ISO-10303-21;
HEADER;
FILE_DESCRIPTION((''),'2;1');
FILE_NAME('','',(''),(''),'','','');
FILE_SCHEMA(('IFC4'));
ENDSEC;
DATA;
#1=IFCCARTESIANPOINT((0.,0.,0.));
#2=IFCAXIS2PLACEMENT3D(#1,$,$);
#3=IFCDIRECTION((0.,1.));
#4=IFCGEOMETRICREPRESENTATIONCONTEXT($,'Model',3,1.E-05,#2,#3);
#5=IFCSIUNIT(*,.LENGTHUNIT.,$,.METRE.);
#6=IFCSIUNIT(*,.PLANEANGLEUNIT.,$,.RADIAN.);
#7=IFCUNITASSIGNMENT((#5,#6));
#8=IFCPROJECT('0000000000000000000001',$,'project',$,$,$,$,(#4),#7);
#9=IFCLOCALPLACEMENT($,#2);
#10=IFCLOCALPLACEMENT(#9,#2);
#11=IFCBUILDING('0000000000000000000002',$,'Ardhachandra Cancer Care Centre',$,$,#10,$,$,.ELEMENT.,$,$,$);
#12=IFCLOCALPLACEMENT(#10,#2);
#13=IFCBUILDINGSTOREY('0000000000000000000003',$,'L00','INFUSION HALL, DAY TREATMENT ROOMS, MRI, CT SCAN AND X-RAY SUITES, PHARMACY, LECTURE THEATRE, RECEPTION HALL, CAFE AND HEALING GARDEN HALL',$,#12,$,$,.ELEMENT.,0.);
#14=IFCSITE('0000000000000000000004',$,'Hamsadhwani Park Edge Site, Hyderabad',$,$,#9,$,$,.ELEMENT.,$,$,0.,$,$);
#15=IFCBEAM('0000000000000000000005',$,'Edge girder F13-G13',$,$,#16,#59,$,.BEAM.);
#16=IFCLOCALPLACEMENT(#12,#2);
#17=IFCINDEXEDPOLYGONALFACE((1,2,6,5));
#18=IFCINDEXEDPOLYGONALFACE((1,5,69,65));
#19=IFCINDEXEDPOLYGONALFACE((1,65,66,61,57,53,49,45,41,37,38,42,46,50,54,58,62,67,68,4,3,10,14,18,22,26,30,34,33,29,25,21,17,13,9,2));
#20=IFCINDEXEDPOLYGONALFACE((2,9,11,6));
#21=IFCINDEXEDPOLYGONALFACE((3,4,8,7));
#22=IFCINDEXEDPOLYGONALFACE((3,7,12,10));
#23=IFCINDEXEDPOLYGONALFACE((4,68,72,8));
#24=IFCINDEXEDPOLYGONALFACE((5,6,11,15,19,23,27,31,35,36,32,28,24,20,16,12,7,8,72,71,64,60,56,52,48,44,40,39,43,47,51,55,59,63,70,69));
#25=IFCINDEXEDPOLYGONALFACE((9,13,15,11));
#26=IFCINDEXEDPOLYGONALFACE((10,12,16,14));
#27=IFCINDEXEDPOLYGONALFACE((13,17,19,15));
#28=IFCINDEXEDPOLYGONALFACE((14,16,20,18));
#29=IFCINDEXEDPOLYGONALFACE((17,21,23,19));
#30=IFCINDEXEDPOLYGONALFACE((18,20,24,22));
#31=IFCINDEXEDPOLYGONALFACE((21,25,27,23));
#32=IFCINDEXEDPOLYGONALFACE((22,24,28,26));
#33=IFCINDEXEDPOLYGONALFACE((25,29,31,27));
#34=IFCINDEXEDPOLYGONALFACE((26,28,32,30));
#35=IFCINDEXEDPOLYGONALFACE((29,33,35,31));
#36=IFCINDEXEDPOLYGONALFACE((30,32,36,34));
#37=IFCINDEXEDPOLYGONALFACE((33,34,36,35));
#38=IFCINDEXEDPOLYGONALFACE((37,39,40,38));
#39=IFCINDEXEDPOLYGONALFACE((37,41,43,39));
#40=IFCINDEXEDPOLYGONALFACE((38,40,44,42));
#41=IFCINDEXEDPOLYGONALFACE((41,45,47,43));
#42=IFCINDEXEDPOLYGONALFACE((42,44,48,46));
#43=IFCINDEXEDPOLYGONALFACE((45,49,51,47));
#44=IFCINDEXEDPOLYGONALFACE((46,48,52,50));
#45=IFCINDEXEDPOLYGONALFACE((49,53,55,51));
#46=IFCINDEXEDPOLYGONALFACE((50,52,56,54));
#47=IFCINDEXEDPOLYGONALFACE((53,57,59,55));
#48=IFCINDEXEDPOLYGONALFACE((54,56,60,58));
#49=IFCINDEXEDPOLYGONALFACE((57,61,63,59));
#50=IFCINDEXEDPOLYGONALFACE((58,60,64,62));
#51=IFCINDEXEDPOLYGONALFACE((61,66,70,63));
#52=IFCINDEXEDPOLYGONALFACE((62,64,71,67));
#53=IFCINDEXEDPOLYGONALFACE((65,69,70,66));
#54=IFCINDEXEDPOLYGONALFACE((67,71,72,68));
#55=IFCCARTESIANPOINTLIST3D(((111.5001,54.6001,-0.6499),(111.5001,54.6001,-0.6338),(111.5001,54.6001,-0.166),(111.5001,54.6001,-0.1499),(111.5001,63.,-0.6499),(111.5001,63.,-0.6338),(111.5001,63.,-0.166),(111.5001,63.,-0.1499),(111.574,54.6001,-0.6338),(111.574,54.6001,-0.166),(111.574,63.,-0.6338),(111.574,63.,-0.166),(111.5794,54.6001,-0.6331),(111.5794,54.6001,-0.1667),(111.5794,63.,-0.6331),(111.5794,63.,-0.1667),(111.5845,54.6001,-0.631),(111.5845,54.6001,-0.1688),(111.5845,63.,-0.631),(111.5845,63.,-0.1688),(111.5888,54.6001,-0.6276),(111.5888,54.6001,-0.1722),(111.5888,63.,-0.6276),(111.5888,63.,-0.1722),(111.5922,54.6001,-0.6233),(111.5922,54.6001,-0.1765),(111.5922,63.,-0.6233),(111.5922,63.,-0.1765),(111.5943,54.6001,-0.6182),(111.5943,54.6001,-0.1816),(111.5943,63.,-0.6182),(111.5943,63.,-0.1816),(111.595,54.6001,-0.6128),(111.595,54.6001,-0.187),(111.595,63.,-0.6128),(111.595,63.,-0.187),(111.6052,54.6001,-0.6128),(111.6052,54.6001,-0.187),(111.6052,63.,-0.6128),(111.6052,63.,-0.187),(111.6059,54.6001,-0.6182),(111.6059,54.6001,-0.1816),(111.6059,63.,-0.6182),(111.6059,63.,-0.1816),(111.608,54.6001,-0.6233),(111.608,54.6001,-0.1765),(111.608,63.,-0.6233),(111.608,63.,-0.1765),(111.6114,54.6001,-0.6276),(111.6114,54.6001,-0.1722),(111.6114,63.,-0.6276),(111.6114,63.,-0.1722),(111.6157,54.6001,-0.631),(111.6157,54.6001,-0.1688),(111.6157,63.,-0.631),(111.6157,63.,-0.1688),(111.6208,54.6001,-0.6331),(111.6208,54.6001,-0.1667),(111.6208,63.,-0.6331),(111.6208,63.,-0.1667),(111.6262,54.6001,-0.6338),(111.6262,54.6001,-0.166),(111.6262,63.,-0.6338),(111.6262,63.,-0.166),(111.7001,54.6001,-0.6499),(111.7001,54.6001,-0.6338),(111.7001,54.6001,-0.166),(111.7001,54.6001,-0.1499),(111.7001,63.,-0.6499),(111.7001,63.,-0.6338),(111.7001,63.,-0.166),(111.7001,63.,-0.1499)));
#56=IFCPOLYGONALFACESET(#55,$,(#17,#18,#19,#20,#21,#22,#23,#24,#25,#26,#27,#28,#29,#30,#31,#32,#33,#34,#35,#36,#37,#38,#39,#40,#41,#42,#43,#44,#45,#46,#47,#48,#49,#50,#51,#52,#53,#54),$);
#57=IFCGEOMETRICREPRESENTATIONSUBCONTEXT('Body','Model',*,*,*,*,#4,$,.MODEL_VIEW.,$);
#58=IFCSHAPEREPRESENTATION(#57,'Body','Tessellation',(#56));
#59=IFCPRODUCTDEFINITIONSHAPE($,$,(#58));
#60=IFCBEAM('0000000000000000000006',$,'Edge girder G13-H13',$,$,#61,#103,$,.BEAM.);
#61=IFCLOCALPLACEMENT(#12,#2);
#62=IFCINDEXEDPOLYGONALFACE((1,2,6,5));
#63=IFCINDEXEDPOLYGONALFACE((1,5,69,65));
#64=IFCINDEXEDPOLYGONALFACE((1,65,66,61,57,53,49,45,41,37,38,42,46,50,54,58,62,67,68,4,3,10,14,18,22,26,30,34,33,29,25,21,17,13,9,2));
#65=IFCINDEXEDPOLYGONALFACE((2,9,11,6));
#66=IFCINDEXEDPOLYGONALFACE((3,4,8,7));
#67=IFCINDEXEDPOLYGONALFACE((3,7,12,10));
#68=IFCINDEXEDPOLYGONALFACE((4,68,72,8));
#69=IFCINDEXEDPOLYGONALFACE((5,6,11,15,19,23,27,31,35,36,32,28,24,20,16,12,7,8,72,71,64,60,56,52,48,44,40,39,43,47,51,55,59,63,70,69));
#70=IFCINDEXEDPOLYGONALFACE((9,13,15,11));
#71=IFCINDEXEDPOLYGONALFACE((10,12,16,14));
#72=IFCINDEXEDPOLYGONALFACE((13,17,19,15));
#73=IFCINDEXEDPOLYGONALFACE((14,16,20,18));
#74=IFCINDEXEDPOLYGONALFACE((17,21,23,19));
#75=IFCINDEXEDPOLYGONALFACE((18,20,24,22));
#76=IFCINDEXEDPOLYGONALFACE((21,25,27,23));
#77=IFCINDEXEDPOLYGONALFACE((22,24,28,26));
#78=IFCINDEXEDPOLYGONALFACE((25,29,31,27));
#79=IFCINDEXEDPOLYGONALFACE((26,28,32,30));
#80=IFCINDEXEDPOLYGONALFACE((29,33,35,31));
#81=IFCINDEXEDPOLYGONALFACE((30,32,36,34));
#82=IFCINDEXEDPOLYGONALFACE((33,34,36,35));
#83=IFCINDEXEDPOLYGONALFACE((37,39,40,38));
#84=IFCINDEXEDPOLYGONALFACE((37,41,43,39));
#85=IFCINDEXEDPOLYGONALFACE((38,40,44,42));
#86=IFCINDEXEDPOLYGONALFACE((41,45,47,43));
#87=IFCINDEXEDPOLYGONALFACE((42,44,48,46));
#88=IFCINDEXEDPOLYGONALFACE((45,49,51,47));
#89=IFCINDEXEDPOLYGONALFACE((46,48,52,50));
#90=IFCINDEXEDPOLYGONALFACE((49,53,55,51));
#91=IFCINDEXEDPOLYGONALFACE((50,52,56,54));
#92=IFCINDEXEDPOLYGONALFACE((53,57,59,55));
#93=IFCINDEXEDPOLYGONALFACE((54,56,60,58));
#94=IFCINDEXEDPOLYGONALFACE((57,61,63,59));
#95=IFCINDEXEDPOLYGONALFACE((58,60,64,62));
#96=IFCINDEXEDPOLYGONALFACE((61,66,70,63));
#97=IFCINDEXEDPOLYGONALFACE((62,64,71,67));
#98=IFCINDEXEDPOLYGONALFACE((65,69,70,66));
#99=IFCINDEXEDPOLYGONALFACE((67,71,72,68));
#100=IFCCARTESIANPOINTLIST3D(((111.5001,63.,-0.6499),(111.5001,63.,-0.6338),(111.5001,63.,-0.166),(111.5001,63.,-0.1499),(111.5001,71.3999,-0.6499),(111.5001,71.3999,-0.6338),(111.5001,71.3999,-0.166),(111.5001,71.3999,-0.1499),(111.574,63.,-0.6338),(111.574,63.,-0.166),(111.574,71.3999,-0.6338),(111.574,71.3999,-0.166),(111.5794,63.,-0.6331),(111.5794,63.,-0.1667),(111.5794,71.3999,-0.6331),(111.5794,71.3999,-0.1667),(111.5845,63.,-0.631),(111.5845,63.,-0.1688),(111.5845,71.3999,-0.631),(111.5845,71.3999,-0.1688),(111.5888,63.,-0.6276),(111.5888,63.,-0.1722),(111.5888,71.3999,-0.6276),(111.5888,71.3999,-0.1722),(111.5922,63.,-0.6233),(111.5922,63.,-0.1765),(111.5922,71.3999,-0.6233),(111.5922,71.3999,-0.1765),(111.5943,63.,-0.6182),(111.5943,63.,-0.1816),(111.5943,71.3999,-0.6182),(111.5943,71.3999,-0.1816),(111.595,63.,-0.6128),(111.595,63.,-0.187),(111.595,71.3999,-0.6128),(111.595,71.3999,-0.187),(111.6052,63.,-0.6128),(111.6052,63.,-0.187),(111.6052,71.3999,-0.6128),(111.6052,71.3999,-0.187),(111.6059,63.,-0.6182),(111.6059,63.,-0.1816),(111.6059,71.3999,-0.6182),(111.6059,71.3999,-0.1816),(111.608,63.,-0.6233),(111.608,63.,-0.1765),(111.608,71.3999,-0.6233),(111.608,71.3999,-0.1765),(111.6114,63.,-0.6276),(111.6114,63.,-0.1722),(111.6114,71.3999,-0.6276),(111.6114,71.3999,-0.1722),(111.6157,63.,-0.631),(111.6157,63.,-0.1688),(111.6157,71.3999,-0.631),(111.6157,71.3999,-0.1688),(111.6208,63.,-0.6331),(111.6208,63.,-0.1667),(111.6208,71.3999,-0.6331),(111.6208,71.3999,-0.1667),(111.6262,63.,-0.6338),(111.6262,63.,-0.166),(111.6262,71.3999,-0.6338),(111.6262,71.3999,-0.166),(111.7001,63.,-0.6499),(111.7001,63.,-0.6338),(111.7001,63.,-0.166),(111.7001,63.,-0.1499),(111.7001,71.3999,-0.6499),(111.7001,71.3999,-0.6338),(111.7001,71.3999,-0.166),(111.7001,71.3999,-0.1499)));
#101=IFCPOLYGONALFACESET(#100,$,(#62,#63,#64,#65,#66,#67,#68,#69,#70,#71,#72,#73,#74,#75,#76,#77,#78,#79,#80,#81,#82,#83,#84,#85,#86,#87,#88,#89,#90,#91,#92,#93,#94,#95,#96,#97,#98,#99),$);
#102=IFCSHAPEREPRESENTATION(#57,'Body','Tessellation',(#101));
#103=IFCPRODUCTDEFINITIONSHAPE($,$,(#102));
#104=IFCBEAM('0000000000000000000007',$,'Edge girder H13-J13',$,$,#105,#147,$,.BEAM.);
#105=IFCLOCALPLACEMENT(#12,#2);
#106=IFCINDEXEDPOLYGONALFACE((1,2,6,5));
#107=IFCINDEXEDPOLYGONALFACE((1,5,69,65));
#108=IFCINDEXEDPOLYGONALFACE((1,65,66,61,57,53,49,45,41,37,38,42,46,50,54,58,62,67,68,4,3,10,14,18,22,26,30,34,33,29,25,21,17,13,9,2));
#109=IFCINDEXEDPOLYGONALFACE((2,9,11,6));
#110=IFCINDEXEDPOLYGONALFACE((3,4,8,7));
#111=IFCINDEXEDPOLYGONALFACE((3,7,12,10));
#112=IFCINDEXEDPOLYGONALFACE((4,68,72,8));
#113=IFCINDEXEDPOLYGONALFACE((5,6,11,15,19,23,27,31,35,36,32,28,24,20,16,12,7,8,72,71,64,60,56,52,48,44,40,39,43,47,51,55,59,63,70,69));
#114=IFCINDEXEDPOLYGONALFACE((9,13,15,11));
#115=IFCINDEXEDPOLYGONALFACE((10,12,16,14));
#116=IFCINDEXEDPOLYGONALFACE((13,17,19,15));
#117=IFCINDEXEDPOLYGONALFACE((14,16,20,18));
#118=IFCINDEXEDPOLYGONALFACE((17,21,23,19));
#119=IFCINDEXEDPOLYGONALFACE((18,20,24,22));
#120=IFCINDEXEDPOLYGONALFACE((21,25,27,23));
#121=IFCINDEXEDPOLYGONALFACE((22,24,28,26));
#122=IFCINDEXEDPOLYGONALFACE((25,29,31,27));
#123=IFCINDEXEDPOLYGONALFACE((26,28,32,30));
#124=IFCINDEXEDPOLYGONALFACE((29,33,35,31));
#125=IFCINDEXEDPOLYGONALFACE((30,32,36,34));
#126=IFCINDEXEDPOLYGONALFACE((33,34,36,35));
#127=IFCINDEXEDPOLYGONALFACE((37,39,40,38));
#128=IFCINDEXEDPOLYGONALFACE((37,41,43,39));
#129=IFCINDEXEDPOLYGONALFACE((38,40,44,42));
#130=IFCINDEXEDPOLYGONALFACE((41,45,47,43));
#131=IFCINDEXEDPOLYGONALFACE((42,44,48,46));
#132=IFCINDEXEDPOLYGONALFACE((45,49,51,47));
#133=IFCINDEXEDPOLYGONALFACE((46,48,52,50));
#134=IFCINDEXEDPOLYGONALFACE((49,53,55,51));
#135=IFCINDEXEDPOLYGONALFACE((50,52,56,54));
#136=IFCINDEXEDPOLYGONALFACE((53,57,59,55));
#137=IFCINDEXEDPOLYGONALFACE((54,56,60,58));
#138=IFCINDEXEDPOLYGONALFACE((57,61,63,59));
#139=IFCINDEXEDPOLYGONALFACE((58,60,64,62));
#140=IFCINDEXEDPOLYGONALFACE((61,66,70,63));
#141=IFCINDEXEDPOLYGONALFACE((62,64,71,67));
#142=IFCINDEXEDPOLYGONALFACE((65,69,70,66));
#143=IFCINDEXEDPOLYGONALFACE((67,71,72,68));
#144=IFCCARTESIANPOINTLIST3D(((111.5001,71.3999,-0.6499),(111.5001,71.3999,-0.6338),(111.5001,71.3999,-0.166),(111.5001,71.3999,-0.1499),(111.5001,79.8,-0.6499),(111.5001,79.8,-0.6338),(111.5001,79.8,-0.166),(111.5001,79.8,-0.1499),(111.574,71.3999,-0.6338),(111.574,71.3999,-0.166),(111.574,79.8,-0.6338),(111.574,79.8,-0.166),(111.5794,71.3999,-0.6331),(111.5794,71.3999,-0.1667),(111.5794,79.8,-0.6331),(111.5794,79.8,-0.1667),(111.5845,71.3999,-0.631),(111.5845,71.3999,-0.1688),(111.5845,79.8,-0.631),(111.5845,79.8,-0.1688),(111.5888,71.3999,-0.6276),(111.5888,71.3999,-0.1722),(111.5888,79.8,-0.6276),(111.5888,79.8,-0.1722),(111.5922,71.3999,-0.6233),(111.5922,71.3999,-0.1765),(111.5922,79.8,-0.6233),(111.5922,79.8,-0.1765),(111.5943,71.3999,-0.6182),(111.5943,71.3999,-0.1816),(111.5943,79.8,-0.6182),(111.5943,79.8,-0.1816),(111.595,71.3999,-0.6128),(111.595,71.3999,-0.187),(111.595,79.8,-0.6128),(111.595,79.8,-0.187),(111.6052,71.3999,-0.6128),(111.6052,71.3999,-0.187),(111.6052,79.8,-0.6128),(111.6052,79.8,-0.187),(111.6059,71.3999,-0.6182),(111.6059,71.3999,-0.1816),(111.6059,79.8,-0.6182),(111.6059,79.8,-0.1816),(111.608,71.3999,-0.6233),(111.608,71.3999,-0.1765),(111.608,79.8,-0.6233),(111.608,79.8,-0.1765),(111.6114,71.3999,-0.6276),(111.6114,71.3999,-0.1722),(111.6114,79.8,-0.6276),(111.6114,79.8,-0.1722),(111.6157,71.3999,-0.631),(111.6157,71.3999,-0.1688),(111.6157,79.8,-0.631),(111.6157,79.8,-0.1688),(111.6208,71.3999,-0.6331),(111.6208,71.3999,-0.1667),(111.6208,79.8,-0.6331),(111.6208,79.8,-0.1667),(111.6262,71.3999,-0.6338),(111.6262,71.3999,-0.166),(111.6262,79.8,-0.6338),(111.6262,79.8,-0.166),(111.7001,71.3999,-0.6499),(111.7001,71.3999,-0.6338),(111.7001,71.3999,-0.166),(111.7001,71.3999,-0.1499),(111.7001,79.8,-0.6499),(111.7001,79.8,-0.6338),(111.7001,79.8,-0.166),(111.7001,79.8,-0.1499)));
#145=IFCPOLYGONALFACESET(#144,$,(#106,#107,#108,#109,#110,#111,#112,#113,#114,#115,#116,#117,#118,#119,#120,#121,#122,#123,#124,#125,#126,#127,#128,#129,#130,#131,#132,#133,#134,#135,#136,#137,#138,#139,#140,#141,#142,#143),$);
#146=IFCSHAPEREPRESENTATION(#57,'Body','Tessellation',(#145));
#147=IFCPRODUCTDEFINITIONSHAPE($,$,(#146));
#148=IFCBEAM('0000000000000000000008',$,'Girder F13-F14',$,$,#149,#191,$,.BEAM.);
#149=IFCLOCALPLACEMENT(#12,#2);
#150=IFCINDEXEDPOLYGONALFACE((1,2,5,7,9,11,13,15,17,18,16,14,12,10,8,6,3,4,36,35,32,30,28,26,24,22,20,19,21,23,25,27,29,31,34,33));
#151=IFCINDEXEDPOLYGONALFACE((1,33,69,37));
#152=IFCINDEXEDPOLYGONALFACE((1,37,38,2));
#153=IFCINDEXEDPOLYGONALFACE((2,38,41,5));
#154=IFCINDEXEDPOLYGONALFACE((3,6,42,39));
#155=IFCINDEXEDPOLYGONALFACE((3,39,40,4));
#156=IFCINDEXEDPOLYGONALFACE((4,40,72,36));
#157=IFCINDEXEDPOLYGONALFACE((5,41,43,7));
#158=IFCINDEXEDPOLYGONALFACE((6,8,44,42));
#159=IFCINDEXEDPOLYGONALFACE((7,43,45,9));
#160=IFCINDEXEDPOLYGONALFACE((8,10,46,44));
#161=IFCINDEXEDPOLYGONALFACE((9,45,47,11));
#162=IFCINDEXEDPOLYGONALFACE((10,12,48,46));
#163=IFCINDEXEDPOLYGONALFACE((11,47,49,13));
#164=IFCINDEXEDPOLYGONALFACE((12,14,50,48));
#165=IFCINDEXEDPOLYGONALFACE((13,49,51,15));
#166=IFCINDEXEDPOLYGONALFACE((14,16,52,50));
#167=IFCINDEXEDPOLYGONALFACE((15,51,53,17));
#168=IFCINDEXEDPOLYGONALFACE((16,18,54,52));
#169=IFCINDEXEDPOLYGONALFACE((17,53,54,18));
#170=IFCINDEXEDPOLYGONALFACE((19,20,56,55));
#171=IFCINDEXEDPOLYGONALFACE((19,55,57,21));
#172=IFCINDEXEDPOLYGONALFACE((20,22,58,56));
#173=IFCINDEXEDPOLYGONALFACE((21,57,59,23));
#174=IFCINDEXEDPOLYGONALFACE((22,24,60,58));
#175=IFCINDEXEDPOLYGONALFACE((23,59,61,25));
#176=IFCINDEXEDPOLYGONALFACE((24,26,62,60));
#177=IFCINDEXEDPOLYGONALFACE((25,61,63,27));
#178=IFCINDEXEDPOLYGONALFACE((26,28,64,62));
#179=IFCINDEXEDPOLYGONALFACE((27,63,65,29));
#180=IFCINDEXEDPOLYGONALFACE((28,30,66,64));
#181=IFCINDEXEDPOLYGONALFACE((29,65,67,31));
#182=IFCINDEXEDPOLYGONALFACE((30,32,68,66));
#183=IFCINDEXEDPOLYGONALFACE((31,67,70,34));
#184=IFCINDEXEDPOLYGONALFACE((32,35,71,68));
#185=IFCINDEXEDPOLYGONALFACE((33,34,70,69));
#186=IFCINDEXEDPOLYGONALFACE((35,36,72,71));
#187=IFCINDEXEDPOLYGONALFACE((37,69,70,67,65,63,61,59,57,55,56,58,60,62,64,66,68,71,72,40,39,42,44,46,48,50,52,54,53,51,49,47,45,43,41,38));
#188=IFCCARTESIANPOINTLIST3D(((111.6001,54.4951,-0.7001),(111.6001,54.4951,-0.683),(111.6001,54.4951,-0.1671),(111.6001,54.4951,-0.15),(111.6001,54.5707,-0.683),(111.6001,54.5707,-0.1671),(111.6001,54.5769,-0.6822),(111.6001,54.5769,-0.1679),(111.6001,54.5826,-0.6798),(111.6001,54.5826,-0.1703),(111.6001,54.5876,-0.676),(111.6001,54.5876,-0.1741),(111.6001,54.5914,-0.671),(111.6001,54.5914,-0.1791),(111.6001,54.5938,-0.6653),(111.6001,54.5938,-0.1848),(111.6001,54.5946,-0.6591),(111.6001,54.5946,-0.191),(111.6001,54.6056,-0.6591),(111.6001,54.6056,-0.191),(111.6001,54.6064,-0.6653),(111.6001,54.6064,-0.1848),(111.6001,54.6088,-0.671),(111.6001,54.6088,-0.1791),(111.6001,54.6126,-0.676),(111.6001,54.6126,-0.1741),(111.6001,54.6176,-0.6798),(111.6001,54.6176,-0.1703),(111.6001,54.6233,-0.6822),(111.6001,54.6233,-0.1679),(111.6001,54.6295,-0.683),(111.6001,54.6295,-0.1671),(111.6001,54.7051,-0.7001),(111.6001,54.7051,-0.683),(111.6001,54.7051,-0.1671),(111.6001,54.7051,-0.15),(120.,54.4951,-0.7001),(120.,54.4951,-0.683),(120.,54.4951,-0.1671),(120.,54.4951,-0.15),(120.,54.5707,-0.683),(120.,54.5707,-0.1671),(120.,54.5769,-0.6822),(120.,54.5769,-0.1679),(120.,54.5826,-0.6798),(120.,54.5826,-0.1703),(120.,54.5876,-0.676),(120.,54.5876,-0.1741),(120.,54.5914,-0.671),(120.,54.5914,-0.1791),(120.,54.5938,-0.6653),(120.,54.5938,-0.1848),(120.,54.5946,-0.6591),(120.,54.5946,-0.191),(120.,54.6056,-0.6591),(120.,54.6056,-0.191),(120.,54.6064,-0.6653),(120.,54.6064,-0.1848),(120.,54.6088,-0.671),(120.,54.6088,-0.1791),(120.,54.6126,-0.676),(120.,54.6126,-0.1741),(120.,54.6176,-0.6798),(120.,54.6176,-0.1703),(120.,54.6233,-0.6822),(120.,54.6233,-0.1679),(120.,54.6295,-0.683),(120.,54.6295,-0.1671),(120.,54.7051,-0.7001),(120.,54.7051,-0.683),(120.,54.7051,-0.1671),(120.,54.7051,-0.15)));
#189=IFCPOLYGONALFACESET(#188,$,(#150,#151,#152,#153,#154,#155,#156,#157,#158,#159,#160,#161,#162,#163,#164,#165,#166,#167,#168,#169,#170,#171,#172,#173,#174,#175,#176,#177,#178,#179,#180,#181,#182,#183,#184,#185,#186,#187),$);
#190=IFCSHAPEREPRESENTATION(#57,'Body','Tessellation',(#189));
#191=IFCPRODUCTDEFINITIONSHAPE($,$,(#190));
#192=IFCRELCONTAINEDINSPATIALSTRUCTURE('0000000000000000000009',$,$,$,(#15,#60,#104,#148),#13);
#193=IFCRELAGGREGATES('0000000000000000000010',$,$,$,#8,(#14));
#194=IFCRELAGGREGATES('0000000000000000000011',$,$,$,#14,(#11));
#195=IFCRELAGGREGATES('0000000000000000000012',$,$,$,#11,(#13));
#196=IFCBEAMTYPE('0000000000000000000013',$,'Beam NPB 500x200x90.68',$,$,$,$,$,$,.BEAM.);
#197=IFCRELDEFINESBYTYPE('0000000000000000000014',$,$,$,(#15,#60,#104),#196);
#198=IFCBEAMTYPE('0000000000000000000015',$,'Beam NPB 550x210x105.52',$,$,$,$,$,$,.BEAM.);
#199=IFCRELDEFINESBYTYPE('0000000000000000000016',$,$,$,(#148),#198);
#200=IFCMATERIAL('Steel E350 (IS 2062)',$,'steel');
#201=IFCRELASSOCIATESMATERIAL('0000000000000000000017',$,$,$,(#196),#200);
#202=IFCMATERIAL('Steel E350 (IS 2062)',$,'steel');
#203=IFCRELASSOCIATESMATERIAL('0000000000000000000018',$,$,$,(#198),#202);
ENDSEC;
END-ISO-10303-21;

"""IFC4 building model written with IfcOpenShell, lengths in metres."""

from ifc_helpers import new_model, si_unit, direction, frame, origin, origin_2d, place, context, subcontext, project, spatial, i_section, extrude, material, material_profile, profile_set, type_object, element, save


model = new_model("IFC4")

# Units and contexts
model_context = context("Model", 3, precision=1e-05, world=origin(), true_north=direction((0.0, 1.0)))
body_context = subcontext(model_context, "Body", "Model", "MODEL_VIEW")
ifc_project = project(units=[si_unit("LENGTHUNIT", "METRE"), si_unit("PLANEANGLEUNIT", "RADIAN")], contexts=[model_context])

# Site, building, storey
site_placement = place(None, origin())
site = spatial("IfcSite", under=ifc_project, at=site_placement, Name="Hamsadhwani Park Edge Site, Hyderabad", CompositionType="ELEMENT", RefElevation=0.0)
building_placement = place(site_placement, origin())
building = spatial("IfcBuilding", under=site, at=building_placement, Name="Ardhachandra Cancer Care Centre", CompositionType="ELEMENT")
storey_placement = place(building_placement, origin())
storey = spatial("IfcBuildingStorey", under=building, at=storey_placement, Name="L00", Description="INFUSION HALL, DAY TREATMENT ROOMS, MRI, CT SCAN AND X-RAY SUITES, PHARMACY, LECTURE THEATRE, RECEPTION HALL, CAFE AND HEALING GARDEN HALL", CompositionType="ELEMENT", Elevation=0.0)

# Beams
ifc_material_1 = material(Name="Steel E350 (IS 2062)", Category="steel")
ifc_material_profile_1 = material_profile(ifc_material_1, i_section(OverallWidth=0.2, OverallDepth=0.5, WebThickness=0.0103, FlangeThickness=0.0161, FilletRadius=0.021, at=origin_2d()), Name="NPB 500x200x90.68")
ifc_profile_set_1 = profile_set([ifc_material_profile_1], Name="Steel E350 (IS 2062)")
beam_type_1 = type_object("IfcBeamType", Name="Beam NPB 500x200x90.68", PredefinedType="BEAM", material=ifc_profile_set_1)
for number, where, z_axis, x_axis, name in (
    (1, (111.6001, 54.6001, -0.3999), (0.0, 1.0, 0.0), (-1.0, 0.0, 0.0), "Edge girder F13-G13"),
    (2, (111.6001, 63.0, -0.3999), (0.0, 1.0, 0.0), (-1.0, 0.0, 0.0), "Edge girder G13-H13"),
):
    element("IfcBeam", number, at=place(storey_placement, frame(where, z_axis=z_axis, x_axis=x_axis)), inside=storey, type_object=beam_type_1, Name=name, PredefinedType="BEAM", context=body_context, shape_type="SweptSolid", body=[
        extrude(i_section(OverallWidth=0.2, OverallDepth=0.5, WebThickness=0.0103, FlangeThickness=0.0161, FilletRadius=0.021, at=origin_2d()), origin(), (0.0, 0.0, 1.0), 8.3999),
    ])
beam_1_placement = place(storey_placement, frame((111.6001, 71.3999, -0.3999), z_axis=(0.0, 1.0, 0.0), x_axis=(-1.0, 0.0, 0.0)))
element("IfcBeam", 3, at=beam_1_placement, inside=storey, type_object=beam_type_1, Name="Edge girder H13-J13", PredefinedType="BEAM", context=body_context, shape_type="SweptSolid", body=[
    extrude(i_section(OverallWidth=0.2, OverallDepth=0.5, WebThickness=0.0103, FlangeThickness=0.0161, FilletRadius=0.021, at=origin_2d()), origin(), (0.0, 0.0, 1.0), 8.4001),
])
ifc_material_2 = material(Name="Steel E350 (IS 2062)", Category="steel")
ifc_material_profile_2 = material_profile(ifc_material_2, i_section(OverallWidth=0.21, OverallDepth=0.55, WebThickness=0.011, FlangeThickness=0.0171, FilletRadius=0.0239, at=origin_2d()), Name="NPB 550x210x105.52")
ifc_profile_set_2 = profile_set([ifc_material_profile_2], Name="Steel E350 (IS 2062)")
beam_type_2 = type_object("IfcBeamType", Name="Beam NPB 550x210x105.52", PredefinedType="BEAM", material=ifc_profile_set_2)
beam_2_placement = place(storey_placement, frame((111.6001, 54.6001, -0.425), z_axis=(1.0, 0.0, 0.0), x_axis=(0.0, 1.0, 0.0)))
element("IfcBeam", 4, at=beam_2_placement, inside=storey, type_object=beam_type_2, Name="Girder F13-F14", PredefinedType="BEAM", context=body_context, shape_type="SweptSolid", body=[
    extrude(i_section(OverallWidth=0.21, OverallDepth=0.55, WebThickness=0.011, FlangeThickness=0.0171, FilletRadius=0.0239, at=origin_2d()), origin(), (0.0, 0.0, 1.0), 8.3999),
])

save(model, "model.ifc")
